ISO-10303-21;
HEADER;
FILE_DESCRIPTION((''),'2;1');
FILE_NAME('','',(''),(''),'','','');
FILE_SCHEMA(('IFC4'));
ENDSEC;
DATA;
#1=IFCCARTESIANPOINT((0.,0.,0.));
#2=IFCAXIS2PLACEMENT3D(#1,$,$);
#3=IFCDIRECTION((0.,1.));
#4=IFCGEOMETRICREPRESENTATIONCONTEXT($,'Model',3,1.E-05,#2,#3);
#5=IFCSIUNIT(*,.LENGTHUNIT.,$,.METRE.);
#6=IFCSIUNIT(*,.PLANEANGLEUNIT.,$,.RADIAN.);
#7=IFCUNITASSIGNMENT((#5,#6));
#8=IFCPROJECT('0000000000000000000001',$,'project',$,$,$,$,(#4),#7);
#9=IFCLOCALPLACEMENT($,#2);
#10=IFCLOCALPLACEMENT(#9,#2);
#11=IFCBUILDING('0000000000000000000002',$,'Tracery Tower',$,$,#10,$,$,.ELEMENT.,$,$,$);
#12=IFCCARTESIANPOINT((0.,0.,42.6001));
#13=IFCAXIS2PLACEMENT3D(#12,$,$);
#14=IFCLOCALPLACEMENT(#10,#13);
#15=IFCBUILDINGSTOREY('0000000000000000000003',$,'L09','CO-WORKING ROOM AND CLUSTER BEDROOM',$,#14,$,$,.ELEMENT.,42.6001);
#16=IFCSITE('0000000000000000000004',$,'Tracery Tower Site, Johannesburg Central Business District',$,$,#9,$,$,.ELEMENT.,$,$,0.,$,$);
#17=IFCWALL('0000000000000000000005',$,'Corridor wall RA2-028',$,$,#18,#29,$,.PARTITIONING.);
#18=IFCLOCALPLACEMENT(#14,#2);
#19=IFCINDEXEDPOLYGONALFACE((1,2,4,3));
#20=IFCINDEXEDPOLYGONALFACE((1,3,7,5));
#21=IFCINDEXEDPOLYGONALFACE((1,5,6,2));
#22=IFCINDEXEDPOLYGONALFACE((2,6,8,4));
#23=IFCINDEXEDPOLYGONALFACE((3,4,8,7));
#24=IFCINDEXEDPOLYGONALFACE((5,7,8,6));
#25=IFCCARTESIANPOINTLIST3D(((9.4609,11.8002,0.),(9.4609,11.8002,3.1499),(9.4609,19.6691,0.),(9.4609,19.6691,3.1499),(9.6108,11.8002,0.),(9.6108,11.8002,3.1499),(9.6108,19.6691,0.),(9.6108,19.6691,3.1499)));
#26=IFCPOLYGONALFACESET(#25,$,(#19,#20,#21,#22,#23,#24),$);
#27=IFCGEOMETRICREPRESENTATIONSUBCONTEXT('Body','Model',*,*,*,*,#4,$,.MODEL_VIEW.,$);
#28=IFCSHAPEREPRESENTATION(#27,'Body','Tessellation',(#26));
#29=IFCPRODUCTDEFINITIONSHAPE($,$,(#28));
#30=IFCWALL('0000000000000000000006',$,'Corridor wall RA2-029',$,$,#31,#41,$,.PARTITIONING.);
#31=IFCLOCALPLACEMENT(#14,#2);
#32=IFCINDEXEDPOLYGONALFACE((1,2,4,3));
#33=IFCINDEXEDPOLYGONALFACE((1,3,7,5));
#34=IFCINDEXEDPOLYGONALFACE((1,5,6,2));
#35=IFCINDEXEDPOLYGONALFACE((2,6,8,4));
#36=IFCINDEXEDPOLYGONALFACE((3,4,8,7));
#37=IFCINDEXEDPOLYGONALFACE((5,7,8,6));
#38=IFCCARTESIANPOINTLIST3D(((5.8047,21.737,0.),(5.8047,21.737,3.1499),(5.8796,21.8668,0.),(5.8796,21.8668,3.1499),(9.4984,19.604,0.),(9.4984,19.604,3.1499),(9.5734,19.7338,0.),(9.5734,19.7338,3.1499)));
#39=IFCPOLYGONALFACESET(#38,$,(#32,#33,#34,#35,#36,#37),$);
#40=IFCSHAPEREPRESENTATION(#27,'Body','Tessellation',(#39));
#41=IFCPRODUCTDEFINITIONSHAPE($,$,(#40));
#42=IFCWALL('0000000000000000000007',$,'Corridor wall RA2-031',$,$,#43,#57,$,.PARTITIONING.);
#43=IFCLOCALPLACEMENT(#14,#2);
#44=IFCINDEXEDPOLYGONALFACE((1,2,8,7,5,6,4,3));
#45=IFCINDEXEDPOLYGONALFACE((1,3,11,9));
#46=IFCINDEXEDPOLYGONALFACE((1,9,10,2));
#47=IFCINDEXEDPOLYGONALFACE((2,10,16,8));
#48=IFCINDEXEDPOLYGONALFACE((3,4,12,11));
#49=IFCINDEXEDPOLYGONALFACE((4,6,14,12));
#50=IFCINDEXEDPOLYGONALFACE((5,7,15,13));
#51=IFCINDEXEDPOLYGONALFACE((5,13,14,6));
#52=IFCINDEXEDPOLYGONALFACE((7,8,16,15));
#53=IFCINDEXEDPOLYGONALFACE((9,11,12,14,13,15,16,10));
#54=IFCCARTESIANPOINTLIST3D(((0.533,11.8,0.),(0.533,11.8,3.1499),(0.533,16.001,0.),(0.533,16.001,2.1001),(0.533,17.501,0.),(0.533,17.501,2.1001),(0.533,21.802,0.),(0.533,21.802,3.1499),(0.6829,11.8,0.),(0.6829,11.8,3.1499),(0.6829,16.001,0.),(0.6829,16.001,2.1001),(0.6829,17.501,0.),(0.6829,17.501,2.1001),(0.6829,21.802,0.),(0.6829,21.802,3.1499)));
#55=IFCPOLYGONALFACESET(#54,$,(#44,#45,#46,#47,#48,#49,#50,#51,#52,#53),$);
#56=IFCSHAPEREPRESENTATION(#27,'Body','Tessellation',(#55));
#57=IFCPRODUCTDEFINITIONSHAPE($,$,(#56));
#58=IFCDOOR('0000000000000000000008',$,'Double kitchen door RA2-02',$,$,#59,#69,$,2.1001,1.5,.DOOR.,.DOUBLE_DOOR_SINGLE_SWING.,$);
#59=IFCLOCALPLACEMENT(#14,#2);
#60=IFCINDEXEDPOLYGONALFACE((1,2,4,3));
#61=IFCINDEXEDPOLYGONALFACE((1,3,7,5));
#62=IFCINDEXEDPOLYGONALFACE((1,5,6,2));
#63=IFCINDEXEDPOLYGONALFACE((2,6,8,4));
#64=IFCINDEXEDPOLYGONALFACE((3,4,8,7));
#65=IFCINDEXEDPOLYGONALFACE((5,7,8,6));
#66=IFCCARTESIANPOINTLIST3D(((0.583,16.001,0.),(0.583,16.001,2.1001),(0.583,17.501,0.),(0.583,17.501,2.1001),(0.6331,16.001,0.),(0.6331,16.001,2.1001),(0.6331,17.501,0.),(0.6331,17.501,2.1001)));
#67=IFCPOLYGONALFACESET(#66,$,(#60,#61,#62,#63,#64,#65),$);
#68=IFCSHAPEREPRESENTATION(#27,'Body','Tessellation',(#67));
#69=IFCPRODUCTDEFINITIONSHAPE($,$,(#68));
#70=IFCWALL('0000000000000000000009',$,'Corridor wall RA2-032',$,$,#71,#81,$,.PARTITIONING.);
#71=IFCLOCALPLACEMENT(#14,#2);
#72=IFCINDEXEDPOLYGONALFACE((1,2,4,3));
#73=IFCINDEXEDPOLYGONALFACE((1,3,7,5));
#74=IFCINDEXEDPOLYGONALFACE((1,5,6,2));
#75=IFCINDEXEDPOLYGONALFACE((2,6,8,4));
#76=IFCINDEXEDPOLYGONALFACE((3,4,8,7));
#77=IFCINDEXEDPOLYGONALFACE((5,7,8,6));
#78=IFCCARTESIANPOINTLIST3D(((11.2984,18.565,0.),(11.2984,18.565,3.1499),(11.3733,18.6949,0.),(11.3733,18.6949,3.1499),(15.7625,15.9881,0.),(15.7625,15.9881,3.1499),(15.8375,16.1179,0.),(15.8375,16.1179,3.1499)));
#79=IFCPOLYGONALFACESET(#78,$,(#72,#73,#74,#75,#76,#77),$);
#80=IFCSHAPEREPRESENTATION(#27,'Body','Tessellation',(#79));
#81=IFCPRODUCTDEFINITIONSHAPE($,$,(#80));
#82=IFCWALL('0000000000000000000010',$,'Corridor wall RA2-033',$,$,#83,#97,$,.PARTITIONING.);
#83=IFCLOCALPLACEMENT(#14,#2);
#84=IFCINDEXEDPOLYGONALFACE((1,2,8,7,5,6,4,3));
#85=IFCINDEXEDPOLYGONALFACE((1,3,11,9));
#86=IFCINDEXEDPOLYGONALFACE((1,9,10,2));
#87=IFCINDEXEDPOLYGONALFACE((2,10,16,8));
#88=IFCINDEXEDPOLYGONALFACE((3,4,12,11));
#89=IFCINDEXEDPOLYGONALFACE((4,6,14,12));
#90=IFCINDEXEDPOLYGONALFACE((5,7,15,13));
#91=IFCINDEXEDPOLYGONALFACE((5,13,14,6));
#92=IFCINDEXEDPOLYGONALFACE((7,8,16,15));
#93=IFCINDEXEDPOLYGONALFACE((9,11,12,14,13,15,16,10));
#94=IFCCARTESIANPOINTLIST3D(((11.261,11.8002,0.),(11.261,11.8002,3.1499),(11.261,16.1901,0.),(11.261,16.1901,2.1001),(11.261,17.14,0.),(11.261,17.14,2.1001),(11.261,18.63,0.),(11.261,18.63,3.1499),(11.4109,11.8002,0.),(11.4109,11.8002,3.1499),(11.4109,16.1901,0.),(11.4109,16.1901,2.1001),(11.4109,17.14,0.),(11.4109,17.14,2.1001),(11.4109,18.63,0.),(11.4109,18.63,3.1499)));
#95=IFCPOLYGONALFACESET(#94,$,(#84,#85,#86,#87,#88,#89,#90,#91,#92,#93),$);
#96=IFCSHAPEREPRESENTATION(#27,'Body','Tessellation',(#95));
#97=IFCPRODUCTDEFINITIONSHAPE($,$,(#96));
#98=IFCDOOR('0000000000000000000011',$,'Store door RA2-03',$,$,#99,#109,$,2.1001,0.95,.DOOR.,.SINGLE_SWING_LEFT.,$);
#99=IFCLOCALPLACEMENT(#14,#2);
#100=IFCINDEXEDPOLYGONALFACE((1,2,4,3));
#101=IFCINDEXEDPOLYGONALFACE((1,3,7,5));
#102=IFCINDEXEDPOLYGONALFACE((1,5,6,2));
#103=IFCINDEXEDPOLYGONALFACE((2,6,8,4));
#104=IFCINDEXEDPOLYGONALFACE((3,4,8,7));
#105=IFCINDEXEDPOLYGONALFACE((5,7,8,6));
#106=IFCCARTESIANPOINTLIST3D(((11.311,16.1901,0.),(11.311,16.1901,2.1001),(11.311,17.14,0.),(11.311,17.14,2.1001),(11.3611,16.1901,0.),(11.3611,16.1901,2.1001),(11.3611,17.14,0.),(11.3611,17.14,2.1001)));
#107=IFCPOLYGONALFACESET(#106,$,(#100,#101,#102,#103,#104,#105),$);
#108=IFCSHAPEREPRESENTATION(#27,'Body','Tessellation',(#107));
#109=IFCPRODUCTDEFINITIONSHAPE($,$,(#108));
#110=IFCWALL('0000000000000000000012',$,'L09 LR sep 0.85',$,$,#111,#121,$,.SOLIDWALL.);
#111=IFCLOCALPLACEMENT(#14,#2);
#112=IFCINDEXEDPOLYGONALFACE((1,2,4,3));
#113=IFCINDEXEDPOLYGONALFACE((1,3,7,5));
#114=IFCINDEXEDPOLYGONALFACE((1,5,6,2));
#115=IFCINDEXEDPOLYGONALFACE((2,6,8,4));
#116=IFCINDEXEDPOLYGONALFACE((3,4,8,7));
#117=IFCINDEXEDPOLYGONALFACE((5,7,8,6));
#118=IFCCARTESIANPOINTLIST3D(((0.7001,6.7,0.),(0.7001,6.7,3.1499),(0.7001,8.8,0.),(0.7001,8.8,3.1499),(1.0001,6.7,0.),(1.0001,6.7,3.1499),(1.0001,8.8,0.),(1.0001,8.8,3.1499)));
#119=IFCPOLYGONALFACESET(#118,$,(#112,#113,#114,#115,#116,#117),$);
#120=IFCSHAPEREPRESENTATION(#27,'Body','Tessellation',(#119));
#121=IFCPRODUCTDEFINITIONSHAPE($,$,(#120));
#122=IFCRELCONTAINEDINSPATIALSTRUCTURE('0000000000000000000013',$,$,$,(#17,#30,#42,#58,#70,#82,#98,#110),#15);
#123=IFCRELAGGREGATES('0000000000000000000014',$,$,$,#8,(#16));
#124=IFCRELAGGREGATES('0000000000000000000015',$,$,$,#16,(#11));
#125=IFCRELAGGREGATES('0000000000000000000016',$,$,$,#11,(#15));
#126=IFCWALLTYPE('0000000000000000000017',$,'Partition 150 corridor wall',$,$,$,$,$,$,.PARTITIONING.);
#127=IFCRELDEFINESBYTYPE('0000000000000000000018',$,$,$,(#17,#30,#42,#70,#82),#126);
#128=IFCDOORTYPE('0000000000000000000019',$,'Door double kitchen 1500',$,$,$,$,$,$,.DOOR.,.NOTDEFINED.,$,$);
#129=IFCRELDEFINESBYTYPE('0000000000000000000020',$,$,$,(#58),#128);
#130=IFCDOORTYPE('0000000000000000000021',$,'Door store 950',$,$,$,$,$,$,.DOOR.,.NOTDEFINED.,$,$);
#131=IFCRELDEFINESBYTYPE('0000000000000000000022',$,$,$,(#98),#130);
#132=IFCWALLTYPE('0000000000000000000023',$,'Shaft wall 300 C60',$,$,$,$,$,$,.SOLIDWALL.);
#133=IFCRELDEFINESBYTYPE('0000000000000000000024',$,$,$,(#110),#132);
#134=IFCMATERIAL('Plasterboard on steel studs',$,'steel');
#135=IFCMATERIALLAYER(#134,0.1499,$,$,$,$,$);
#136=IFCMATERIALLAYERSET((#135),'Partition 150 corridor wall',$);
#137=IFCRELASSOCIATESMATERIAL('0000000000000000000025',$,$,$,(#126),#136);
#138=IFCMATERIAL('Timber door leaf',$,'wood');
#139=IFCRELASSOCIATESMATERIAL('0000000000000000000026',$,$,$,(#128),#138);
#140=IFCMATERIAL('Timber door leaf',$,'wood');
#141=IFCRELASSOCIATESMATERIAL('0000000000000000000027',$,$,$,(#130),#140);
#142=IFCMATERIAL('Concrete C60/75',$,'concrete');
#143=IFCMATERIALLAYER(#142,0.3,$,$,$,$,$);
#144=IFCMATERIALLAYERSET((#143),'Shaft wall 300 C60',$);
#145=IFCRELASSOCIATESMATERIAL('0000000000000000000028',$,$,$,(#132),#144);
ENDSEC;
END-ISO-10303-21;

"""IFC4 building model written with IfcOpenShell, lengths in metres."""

from ifc_helpers import new_model, si_unit, direction, frame, frame_2d, origin, place, context, subcontext, project, spatial, rectangle, extrude, material, layer, layer_set, type_object, element, fill, save


model = new_model("IFC4")

# Units and contexts
model_context = context("Model", 3, precision=1e-05, world=origin(), true_north=direction((0.0, 1.0)))
body_context = subcontext(model_context, "Body", "Model", "MODEL_VIEW")
ifc_project = project(units=[si_unit("LENGTHUNIT", "METRE"), si_unit("PLANEANGLEUNIT", "RADIAN")], contexts=[model_context])

# Site, building, storey
site_placement = place(None, origin())
site = spatial("IfcSite", under=ifc_project, at=site_placement, Name="Tracery Tower Site, Johannesburg Central Business District", CompositionType="ELEMENT", RefElevation=0.0)
building_placement = place(site_placement, origin())
building = spatial("IfcBuilding", under=site, at=building_placement, Name="Tracery Tower", CompositionType="ELEMENT")
storey_placement = place(building_placement, frame((0.0, 0.0, 42.6001)))
storey = spatial("IfcBuildingStorey", under=building, at=storey_placement, Name="L09", Description="CO-WORKING ROOM AND CLUSTER BEDROOM", CompositionType="ELEMENT", Elevation=42.6001)

# Walls
ifc_material_1 = material(Name="Plasterboard on steel studs", Category="steel")
ifc_layer_1 = layer(ifc_material_1, 0.1499)
ifc_layer_set_1 = layer_set([ifc_layer_1], Name="Partition 150 corridor wall")
wall_type_1 = type_object("IfcWallType", Name="Partition 150 corridor wall", PredefinedType="PARTITIONING", material=ifc_layer_set_1)
wall_1_placement = place(storey_placement, frame((9.5359, 11.8, 0.0), z_axis=(0.0, 0.0, 1.0), x_axis=(0.0, 1.0, 0.0)))
element("IfcWall", 1, at=wall_1_placement, inside=storey, type_object=wall_type_1, Name="Corridor wall RA2-028", PredefinedType="PARTITIONING", context=body_context, shape_type="SweptSolid", body=[
    extrude(rectangle(XDim=7.8689, YDim=0.1499, at=frame_2d((3.9346, 0.0))), origin(), (0.0, 0.0, 1.0), 3.1499),
])
wall_2_placement = place(storey_placement, frame((5.842, 21.802, 0.0), z_axis=(0.0, 0.0, 1.0), x_axis=(0.865984, -0.500073, 0.0)))
element("IfcWall", 2, at=wall_2_placement, inside=storey, type_object=wall_type_1, Name="Corridor wall RA2-029", PredefinedType="PARTITIONING", context=body_context, shape_type="SweptSolid", body=[
    extrude(rectangle(XDim=4.2654, YDim=0.1499, at=frame_2d((2.1328, 0.0))), origin(), (0.0, 0.0, 1.0), 3.1499),
])

# Wall, opening, door
wall_3_placement = place(storey_placement, frame((0.6079, 11.8, 0.0), z_axis=(0.0, 0.0, 1.0), x_axis=(0.0, 1.0, 0.0)))
wall_3 = element("IfcWall", 3, at=wall_3_placement, inside=storey, type_object=wall_type_1, Name="Corridor wall RA2-031", PredefinedType="PARTITIONING", context=body_context, shape_type="SweptSolid", body=[
    extrude(rectangle(XDim=10.002, YDim=0.1499, at=frame_2d((5.001, 0.0))), origin(), (0.0, 0.0, 1.0), 3.1499),
])
opening_1_placement = place(wall_3_placement, frame((4.2009, 0.0, 0.0)))
opening_1 = element("IfcOpeningElement", 4, at=opening_1_placement, cuts=wall_3, PredefinedType="OPENING", context=body_context, shape_type="SweptSolid", body=[
    extrude(rectangle(XDim=1.5, YDim=2.1001, at=frame_2d((0.75, 1.05))), frame((0.0, 0.075, 0.0), z_axis=(0.0, -1.0, 0.0), x_axis=(1.0, 0.0, 0.0)), (0.0, 0.0, 1.0), 0.1499),
])
ifc_material_2 = material(Name="Timber door leaf", Category="wood")
door_type_1 = type_object("IfcDoorType", Name="Door double kitchen 1500", OperationType="NOTDEFINED", PredefinedType="DOOR", material=ifc_material_2)
door_1_placement = place(opening_1_placement, origin())
door_1 = element("IfcDoor", 5, at=door_1_placement, inside=storey, type_object=door_type_1, Name="Double kitchen door RA2-02", OperationType="DOUBLE_DOOR_SINGLE_SWING", OverallHeight=2.1001, OverallWidth=1.5, PredefinedType="DOOR", context=body_context, shape_type="SweptSolid", body=[
    extrude(rectangle(XDim=1.5, YDim=2.1001, at=frame_2d((0.75, 1.05))), frame((0.0, 0.0249, 0.0), z_axis=(0.0, -1.0, 0.0), x_axis=(1.0, 0.0, 0.0)), (0.0, 0.0, 1.0), 0.05),
])
fill(opening_1, door_1)

# Wall
wall_4_placement = place(storey_placement, frame((11.3359, 18.6299, 0.0), z_axis=(0.0, 0.0, 1.0), x_axis=(0.866063, -0.499934, 0.0)))
element("IfcWall", 6, at=wall_4_placement, inside=storey, type_object=wall_type_1, Name="Corridor wall RA2-032", PredefinedType="PARTITIONING", context=body_context, shape_type="SweptSolid", body=[
    extrude(rectangle(XDim=5.1545, YDim=0.1499, at=frame_2d((2.5771, 0.0))), origin(), (0.0, 0.0, 1.0), 3.1499),
])

# Wall, opening, door
wall_5_placement = place(storey_placement, frame((11.3359, 11.8, 0.0), z_axis=(0.0, 0.0, 1.0), x_axis=(0.0, 1.0, 0.0)))
wall_5 = element("IfcWall", 7, at=wall_5_placement, inside=storey, type_object=wall_type_1, Name="Corridor wall RA2-033", PredefinedType="PARTITIONING", context=body_context, shape_type="SweptSolid", body=[
    extrude(rectangle(XDim=6.8298, YDim=0.1499, at=frame_2d((3.415, 0.0))), origin(), (0.0, 0.0, 1.0), 3.1499),
])
opening_2_placement = place(wall_5_placement, frame((4.3899, 0.0, 0.0)))
opening_2 = element("IfcOpeningElement", 8, at=opening_2_placement, cuts=wall_5, PredefinedType="OPENING", context=body_context, shape_type="SweptSolid", body=[
    extrude(rectangle(XDim=0.95, YDim=2.1001, at=frame_2d((0.4751, 1.05))), frame((0.0, 0.075, 0.0), z_axis=(0.0, -1.0, 0.0), x_axis=(1.0, 0.0, 0.0)), (0.0, 0.0, 1.0), 0.1499),
])
ifc_material_3 = material(Name="Timber door leaf", Category="wood")
door_type_2 = type_object("IfcDoorType", Name="Door store 950", OperationType="NOTDEFINED", PredefinedType="DOOR", material=ifc_material_3)
door_2_placement = place(opening_2_placement, origin())
door_2 = element("IfcDoor", 9, at=door_2_placement, inside=storey, type_object=door_type_2, Name="Store door RA2-03", OperationType="SINGLE_SWING_LEFT", OverallHeight=2.1001, OverallWidth=0.95, PredefinedType="DOOR", context=body_context, shape_type="SweptSolid", body=[
    extrude(rectangle(XDim=0.95, YDim=2.1001, at=frame_2d((0.4751, 1.05))), frame((0.0, 0.0249, 0.0), z_axis=(0.0, -1.0, 0.0), x_axis=(1.0, 0.0, 0.0)), (0.0, 0.0, 1.0), 0.05),
])
fill(opening_2, door_2)

# Wall
ifc_material_4 = material(Name="Concrete C60/75", Category="concrete")
ifc_layer_2 = layer(ifc_material_4, 0.3)
ifc_layer_set_2 = layer_set([ifc_layer_2], Name="Shaft wall 300 C60")
wall_type_2 = type_object("IfcWallType", Name="Shaft wall 300 C60", PredefinedType="SOLIDWALL", material=ifc_layer_set_2)
wall_6_placement = place(storey_placement, frame((0.8501, 6.7, 0.0), z_axis=(0.0, 0.0, 1.0), x_axis=(0.0, 1.0, 0.0)))
element("IfcWall", 10, at=wall_6_placement, inside=storey, type_object=wall_type_2, Name="L09 LR sep 0.85", PredefinedType="SOLIDWALL", context=body_context, shape_type="SweptSolid", body=[
    extrude(rectangle(XDim=2.1001, YDim=0.3, at=frame_2d((1.05, 0.0))), origin(), (0.0, 0.0, 1.0), 3.1499),
])

save(model, "model.ifc")
